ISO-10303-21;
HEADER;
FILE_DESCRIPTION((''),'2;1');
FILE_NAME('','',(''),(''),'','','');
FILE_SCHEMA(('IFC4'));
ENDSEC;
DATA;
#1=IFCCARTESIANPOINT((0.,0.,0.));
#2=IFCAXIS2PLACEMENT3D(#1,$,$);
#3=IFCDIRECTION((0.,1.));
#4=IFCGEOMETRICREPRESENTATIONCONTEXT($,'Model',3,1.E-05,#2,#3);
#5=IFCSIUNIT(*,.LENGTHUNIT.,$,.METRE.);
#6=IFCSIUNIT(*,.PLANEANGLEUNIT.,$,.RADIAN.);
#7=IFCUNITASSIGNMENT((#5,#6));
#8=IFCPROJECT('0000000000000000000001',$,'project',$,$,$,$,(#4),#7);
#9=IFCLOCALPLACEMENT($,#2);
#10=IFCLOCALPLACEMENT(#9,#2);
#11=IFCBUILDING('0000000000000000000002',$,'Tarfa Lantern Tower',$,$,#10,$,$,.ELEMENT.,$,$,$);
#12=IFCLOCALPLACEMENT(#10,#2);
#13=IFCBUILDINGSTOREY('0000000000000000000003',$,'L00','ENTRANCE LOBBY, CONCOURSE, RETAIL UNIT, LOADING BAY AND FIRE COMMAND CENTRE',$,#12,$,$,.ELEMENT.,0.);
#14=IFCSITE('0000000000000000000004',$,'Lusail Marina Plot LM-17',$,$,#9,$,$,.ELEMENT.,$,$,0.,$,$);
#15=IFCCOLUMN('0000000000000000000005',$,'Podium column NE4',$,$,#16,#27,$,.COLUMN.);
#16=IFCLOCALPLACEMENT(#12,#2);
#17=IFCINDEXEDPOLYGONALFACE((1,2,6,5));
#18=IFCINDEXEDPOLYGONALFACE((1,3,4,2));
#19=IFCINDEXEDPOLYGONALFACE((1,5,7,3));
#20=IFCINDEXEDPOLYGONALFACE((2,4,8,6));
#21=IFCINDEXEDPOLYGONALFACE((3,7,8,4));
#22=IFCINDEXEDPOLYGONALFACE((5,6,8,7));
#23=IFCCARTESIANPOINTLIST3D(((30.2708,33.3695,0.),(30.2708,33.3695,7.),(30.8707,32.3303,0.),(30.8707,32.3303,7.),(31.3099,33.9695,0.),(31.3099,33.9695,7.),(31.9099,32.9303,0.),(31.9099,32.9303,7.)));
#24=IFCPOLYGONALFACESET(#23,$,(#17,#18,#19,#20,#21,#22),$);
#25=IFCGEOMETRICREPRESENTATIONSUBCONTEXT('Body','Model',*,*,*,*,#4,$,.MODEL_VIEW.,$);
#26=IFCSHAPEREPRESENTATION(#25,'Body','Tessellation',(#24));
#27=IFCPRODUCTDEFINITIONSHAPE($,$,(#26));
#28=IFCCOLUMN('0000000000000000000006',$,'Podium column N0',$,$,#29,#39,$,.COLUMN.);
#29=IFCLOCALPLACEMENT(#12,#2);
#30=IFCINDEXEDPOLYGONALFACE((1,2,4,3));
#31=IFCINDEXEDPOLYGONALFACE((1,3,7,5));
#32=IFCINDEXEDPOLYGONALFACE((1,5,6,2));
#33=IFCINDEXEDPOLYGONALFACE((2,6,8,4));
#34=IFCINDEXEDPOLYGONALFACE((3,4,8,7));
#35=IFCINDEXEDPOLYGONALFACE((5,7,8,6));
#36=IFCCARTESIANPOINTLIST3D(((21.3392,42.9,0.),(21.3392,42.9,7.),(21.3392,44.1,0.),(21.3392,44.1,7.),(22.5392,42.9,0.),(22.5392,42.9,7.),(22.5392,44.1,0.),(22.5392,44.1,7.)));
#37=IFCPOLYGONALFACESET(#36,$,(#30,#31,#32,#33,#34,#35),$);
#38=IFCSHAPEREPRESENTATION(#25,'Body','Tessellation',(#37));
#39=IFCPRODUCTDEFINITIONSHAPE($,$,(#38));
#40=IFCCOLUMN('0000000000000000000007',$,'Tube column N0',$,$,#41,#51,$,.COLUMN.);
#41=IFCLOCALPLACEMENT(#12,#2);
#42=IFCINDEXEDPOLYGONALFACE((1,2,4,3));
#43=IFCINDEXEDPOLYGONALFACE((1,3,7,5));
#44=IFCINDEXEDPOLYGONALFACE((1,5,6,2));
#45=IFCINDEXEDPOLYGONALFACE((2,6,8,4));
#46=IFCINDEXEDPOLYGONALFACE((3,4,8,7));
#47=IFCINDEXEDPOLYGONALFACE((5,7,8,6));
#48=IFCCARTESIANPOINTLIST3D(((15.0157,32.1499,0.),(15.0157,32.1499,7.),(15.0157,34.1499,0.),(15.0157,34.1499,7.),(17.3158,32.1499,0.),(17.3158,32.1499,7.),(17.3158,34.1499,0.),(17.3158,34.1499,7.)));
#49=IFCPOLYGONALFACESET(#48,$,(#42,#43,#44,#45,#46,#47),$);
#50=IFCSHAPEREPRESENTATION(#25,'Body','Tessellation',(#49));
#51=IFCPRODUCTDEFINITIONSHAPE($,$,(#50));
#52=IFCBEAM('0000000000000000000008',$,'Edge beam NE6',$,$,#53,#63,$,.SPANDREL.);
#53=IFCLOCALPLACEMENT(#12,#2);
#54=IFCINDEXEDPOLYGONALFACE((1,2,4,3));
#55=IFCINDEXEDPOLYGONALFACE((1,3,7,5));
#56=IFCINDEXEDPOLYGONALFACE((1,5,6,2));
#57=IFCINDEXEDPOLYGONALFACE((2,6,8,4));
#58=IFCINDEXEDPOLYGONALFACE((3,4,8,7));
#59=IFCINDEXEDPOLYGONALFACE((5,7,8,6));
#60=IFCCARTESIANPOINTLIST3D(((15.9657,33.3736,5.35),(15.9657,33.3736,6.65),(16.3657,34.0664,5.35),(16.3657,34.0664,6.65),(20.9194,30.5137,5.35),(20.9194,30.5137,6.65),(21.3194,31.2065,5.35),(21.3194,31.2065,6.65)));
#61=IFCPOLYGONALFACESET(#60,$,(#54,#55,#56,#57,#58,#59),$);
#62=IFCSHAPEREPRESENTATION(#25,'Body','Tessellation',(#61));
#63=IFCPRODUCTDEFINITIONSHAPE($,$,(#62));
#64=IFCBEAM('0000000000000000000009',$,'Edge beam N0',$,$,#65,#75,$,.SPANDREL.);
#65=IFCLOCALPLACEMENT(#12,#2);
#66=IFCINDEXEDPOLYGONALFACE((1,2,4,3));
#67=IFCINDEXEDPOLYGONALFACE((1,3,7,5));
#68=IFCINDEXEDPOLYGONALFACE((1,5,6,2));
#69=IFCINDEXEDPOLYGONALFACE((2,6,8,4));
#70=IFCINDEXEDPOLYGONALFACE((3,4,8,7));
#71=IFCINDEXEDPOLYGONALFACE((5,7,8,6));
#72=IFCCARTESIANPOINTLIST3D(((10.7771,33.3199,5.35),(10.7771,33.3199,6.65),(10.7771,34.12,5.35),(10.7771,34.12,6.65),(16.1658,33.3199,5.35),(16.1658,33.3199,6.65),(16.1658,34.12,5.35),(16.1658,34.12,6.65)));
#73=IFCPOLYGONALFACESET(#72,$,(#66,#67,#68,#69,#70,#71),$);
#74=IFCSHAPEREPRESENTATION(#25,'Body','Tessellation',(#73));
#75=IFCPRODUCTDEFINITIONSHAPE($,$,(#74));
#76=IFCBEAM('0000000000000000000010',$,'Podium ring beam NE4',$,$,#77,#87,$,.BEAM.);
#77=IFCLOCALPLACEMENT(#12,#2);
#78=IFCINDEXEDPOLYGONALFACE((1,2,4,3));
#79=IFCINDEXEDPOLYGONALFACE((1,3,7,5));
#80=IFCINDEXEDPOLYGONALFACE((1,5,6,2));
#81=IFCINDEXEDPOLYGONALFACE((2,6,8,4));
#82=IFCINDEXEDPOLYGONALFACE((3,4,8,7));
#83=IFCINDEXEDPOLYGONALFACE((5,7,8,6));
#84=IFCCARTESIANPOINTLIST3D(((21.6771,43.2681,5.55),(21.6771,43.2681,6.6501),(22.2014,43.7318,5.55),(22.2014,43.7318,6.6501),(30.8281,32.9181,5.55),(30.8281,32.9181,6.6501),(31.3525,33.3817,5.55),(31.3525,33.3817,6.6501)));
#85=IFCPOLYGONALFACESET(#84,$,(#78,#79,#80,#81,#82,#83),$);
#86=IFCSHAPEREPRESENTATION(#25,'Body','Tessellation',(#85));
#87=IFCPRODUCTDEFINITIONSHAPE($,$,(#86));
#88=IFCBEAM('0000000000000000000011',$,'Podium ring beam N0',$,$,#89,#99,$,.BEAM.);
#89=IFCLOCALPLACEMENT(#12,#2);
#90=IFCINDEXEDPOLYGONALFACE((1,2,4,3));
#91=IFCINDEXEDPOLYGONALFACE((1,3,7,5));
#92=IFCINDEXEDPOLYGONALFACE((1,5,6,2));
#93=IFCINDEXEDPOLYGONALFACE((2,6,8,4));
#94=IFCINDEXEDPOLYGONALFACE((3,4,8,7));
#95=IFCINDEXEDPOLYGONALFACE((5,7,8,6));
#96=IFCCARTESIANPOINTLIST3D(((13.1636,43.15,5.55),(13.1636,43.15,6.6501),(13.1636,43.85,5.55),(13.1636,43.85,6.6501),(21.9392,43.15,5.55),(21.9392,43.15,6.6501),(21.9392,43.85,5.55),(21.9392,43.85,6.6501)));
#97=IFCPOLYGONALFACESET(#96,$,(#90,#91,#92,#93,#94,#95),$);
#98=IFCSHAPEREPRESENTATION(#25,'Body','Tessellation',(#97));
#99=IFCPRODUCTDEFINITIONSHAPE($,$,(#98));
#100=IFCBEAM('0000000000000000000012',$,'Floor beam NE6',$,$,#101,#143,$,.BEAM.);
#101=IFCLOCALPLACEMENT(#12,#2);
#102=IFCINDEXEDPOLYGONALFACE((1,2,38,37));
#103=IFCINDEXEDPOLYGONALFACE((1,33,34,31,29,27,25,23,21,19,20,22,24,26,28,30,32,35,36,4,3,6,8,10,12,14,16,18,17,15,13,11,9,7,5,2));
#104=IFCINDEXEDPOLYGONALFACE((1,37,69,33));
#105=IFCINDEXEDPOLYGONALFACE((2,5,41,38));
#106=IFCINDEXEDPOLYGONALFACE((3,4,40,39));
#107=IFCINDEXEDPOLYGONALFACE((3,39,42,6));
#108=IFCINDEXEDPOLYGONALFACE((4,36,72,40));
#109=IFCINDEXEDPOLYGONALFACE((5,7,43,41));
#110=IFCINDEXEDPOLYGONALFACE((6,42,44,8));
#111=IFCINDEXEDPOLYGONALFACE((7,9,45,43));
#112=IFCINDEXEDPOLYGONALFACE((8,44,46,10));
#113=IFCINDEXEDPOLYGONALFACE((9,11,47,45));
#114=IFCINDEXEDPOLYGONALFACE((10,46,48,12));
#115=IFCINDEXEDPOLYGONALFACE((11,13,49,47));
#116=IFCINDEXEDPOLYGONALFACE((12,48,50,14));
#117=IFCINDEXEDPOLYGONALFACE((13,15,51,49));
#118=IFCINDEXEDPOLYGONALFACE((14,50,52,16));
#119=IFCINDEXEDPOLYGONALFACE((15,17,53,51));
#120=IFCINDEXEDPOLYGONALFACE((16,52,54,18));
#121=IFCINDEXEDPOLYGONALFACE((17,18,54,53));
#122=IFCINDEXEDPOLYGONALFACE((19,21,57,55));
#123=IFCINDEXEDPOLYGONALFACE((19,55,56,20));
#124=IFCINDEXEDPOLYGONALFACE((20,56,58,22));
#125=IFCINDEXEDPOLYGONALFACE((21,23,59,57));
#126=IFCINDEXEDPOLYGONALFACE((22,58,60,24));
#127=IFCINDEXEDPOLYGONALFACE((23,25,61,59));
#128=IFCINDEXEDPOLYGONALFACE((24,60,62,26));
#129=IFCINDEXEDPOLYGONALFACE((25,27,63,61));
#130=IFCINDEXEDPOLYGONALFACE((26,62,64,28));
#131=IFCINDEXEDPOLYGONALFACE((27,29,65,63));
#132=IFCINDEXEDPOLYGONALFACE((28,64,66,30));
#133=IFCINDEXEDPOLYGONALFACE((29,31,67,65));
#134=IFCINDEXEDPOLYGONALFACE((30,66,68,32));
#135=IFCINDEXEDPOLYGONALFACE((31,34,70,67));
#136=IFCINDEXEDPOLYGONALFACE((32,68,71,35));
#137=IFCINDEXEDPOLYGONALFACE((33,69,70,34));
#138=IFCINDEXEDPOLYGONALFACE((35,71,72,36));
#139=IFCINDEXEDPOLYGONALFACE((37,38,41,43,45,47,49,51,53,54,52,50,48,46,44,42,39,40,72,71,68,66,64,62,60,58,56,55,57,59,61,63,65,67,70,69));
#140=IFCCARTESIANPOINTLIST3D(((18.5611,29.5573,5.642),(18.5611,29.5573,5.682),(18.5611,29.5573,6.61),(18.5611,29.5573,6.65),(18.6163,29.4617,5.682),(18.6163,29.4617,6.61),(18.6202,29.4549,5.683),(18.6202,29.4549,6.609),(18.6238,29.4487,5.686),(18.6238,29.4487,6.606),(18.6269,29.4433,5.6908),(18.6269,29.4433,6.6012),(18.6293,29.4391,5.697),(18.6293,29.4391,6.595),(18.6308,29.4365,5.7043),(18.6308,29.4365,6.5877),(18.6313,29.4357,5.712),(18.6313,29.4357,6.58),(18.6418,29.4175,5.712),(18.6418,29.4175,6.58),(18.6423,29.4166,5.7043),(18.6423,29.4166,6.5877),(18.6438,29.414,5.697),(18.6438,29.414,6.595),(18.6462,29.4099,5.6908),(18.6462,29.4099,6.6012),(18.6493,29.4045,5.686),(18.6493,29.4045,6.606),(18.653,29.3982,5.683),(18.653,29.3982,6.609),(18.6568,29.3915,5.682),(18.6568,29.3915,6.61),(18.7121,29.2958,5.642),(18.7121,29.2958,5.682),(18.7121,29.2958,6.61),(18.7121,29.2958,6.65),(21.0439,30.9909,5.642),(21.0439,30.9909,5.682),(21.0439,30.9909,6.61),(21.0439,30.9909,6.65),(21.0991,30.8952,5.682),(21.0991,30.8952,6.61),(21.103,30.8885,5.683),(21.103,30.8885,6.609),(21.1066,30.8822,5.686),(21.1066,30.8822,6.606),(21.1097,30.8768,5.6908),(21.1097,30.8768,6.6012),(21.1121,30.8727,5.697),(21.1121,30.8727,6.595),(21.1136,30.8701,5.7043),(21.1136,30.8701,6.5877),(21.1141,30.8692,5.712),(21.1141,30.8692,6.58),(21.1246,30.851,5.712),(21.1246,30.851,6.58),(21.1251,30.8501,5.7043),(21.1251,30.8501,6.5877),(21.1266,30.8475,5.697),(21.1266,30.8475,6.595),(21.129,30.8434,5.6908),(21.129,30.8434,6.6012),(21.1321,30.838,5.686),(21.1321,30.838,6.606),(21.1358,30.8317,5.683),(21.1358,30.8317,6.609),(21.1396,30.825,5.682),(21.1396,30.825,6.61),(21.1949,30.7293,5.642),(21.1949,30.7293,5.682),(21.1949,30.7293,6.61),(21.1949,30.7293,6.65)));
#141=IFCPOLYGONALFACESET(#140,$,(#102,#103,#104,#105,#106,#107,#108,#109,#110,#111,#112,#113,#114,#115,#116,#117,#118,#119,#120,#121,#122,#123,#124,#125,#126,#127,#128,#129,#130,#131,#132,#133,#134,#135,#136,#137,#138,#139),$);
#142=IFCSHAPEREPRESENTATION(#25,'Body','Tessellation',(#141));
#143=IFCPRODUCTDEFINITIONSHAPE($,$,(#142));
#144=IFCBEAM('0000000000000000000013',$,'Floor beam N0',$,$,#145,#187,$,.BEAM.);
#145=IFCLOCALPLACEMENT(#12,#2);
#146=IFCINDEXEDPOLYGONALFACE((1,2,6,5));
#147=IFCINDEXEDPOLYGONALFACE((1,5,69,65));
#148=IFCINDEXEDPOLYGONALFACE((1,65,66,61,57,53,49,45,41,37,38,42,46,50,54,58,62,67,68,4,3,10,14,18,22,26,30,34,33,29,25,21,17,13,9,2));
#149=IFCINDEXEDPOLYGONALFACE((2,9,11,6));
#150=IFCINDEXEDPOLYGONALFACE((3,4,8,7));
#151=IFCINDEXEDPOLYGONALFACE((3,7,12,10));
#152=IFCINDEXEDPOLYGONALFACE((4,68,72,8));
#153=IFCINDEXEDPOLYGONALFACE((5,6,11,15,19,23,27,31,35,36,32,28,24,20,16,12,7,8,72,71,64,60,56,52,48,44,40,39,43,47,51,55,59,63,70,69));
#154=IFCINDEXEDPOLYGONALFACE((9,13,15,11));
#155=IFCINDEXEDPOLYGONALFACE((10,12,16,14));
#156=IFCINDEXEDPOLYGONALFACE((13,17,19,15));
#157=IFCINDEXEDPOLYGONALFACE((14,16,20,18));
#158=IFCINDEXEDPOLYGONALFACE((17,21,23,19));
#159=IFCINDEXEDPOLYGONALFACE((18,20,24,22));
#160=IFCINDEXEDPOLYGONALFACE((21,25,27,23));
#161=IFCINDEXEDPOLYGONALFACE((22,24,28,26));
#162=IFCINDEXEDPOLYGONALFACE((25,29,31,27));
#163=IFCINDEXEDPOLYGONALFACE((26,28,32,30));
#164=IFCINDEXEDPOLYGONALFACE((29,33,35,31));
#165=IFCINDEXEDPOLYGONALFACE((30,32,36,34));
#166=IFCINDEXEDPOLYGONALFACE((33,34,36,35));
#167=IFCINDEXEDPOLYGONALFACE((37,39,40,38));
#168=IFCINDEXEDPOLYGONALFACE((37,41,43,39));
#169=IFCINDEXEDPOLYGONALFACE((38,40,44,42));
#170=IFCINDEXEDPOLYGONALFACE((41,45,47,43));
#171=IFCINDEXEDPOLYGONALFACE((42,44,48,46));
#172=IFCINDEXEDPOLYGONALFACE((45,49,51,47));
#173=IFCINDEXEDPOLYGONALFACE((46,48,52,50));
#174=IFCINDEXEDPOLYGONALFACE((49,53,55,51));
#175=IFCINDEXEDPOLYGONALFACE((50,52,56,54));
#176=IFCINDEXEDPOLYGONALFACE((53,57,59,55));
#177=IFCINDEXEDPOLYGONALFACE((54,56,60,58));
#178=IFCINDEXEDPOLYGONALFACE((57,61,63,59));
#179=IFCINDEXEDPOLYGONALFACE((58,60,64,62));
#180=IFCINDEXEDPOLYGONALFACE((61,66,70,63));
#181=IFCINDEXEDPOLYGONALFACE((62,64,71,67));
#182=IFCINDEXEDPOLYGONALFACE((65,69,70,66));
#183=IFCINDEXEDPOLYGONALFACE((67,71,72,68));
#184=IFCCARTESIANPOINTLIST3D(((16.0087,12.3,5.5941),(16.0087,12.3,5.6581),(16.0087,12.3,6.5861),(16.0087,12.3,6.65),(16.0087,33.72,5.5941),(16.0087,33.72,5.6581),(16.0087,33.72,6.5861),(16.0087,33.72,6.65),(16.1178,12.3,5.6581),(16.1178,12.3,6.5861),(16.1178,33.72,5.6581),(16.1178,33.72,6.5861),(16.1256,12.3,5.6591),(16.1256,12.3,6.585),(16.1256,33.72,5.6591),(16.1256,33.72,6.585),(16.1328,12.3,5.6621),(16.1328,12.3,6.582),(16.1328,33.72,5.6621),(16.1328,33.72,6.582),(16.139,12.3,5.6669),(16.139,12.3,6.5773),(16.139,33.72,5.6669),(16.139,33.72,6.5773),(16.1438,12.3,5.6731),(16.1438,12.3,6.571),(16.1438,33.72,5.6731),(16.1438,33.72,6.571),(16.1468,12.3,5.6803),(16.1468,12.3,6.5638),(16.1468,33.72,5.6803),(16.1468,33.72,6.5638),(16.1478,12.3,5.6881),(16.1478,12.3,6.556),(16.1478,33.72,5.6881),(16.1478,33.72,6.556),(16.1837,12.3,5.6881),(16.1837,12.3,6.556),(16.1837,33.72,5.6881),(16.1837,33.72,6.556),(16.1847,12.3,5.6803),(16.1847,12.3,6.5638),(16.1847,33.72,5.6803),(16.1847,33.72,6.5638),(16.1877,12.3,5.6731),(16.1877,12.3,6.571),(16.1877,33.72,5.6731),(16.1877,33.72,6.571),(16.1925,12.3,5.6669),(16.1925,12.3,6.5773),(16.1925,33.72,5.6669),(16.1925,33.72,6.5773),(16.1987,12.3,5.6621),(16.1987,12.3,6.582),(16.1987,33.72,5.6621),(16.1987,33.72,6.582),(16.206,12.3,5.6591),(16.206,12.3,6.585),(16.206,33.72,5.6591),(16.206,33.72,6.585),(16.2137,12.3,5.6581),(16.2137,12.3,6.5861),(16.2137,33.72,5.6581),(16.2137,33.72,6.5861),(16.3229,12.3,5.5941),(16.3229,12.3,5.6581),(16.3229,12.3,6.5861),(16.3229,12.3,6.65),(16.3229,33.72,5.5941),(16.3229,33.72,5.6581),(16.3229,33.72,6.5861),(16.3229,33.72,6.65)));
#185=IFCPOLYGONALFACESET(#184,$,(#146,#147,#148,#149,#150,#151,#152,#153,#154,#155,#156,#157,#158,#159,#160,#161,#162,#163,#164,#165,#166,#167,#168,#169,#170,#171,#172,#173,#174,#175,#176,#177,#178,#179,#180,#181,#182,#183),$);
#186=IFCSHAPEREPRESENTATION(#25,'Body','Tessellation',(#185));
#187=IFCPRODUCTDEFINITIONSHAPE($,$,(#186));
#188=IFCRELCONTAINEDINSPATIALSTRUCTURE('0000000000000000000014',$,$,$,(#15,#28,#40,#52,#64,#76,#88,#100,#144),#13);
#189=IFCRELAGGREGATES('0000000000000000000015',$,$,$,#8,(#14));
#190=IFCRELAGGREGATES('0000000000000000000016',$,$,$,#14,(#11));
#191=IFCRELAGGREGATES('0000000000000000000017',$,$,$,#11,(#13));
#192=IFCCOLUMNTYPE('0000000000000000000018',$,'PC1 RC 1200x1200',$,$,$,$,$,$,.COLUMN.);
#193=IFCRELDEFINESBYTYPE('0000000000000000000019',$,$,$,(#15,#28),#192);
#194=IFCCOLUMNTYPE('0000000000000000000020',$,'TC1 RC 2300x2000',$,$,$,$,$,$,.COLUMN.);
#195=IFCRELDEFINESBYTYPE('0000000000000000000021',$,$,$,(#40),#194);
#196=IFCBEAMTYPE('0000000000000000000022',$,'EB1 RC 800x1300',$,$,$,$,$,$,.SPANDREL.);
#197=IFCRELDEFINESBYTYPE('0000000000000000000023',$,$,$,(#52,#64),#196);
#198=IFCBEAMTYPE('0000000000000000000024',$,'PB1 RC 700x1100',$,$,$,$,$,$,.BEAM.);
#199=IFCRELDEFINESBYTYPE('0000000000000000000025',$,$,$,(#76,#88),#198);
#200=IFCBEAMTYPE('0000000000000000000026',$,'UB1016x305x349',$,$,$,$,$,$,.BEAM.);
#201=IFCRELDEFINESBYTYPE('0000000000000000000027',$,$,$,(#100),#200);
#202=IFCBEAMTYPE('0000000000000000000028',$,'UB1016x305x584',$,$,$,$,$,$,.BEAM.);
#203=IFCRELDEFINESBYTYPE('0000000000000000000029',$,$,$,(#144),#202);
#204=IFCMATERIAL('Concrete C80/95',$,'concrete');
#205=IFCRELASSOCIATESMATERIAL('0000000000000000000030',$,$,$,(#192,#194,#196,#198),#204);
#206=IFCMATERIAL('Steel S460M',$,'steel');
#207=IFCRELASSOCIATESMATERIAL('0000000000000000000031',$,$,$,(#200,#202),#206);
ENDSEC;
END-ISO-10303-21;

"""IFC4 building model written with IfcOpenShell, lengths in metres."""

from ifc_helpers import new_model, si_unit, direction, frame, origin, origin_2d, place, context, subcontext, project, spatial, rectangle, i_section, extrude, material, material_profile, profile_set, type_object, element, save


model = new_model("IFC4")

# Units and contexts
model_context = context("Model", 3, precision=1e-05, world=origin(), true_north=direction((0.0, 1.0)))
body_context = subcontext(model_context, "Body", "Model", "MODEL_VIEW")
ifc_project = project(units=[si_unit("LENGTHUNIT", "METRE"), si_unit("PLANEANGLEUNIT", "RADIAN")], contexts=[model_context])

# Site, building, storey
site_placement = place(None, origin())
site = spatial("IfcSite", under=ifc_project, at=site_placement, Name="Lusail Marina Plot LM-17", CompositionType="ELEMENT", RefElevation=0.0)
building_placement = place(site_placement, origin())
building = spatial("IfcBuilding", under=site, at=building_placement, Name="Tarfa Lantern Tower", CompositionType="ELEMENT")
storey_placement = place(building_placement, origin())
storey = spatial("IfcBuildingStorey", under=building, at=storey_placement, Name="L00", Description="ENTRANCE LOBBY, CONCOURSE, RETAIL UNIT, LOADING BAY AND FIRE COMMAND CENTRE", CompositionType="ELEMENT", Elevation=0.0)

# Columns
ifc_material_1 = material(Name="Concrete C80/95", Category="concrete")
ifc_material_profile_1 = material_profile(ifc_material_1, rectangle(XDim=1.2, YDim=1.2, at=origin_2d()), Name="RC 1200x1200")
ifc_profile_set_1 = profile_set([ifc_material_profile_1], Name="Concrete C80/95")
column_type_1 = type_object("IfcColumnType", Name="PC1 RC 1200x1200", PredefinedType="COLUMN", material=ifc_profile_set_1)
for number, where, z_axis, x_axis, name in (
    (1, (31.0903, 33.1499, 0.0), (0.0, 0.0, 1.0), (-0.5, 0.866025, 0.0), "Podium column NE4"),
    (2, (21.9392, 43.5, 0.0), (0.0, 0.0, 1.0), (-1.0, 0.0, 0.0), "Podium column N0"),
):
    element("IfcColumn", number, at=place(storey_placement, frame(where, z_axis=z_axis, x_axis=x_axis)), inside=storey, type_object=column_type_1, Name=name, PredefinedType="COLUMN", context=body_context, shape_type="SweptSolid", body=[
        extrude(rectangle(XDim=1.2, YDim=1.2, at=origin_2d()), origin(), (0.0, 0.0, 1.0), 7.0),
    ])
ifc_material_profile_2 = material_profile(ifc_material_1, rectangle(XDim=2.3, YDim=2.0, at=origin_2d()), Name="RC 2300x2000")
ifc_profile_set_2 = profile_set([ifc_material_profile_2], Name="Concrete C80/95")
column_type_2 = type_object("IfcColumnType", Name="TC1 RC 2300x2000", PredefinedType="COLUMN", material=ifc_profile_set_2)
column_placement = place(storey_placement, frame((16.1658, 33.1499, 0.0), z_axis=(0.0, 0.0, 1.0), x_axis=(-1.0, 0.0, 0.0)))
element("IfcColumn", 3, at=column_placement, inside=storey, type_object=column_type_2, Name="Tube column N0", PredefinedType="COLUMN", context=body_context, shape_type="SweptSolid", body=[
    extrude(rectangle(XDim=2.3, YDim=2.0, at=origin_2d()), origin(), (0.0, 0.0, 1.0), 7.0),
])

# Beams
ifc_material_profile_3 = material_profile(ifc_material_1, rectangle(XDim=0.8, YDim=1.3, at=origin_2d()), Name="RC 800x1300")
ifc_profile_set_3 = profile_set([ifc_material_profile_3], Name="Concrete C80/95")
beam_type_1 = type_object("IfcBeamType", Name="EB1 RC 800x1300", PredefinedType="SPANDREL", material=ifc_profile_set_3)
beam_1_placement = place(storey_placement, frame((21.1194, 30.8601, 6.0), z_axis=(-0.866033, 0.499986, 0.0), x_axis=(-0.499986, -0.866033, 0.0)))
element("IfcBeam", 4, at=beam_1_placement, inside=storey, type_object=beam_type_1, Name="Edge beam NE6", PredefinedType="SPANDREL", context=body_context, shape_type="SweptSolid", body=[
    extrude(rectangle(XDim=0.8, YDim=1.3, at=origin_2d()), origin(), (0.0, 0.0, 1.0), 5.72),
])
beam_2_placement = place(storey_placement, frame((16.1658, 33.72, 6.0), z_axis=(-1.0, 0.0, 0.0), x_axis=(0.0, -1.0, 0.0)))
element("IfcBeam", 5, at=beam_2_placement, inside=storey, type_object=beam_type_1, Name="Edge beam N0", PredefinedType="SPANDREL", context=body_context, shape_type="SweptSolid", body=[
    extrude(rectangle(XDim=0.8, YDim=1.3, at=origin_2d()), origin(), (0.0, 0.0, 1.0), 5.3887),
])
ifc_material_profile_4 = material_profile(ifc_material_1, rectangle(XDim=0.7, YDim=1.1001, at=origin_2d()), Name="RC 700x1100")
ifc_profile_set_4 = profile_set([ifc_material_profile_4], Name="Concrete C80/95")
beam_type_2 = type_object("IfcBeamType", Name="PB1 RC 700x1100", PredefinedType="BEAM", material=ifc_profile_set_4)
beam_3_placement = place(storey_placement, frame((31.0903, 33.1499, 6.1001), z_axis=(-0.662382, 0.749167, 0.0), x_axis=(-0.749167, -0.662382, 0.0)))
element("IfcBeam", 6, at=beam_3_placement, inside=storey, type_object=beam_type_2, Name="Podium ring beam NE4", PredefinedType="BEAM", context=body_context, shape_type="SweptSolid", body=[
    extrude(rectangle(XDim=0.7, YDim=1.1001, at=origin_2d()), origin(), (0.0, 0.0, 1.0), 13.8154),
])
beam_4_placement = place(storey_placement, frame((21.9392, 43.5, 6.1001), z_axis=(-1.0, 0.0, 0.0), x_axis=(0.0, -1.0, 0.0)))
element("IfcBeam", 7, at=beam_4_placement, inside=storey, type_object=beam_type_2, Name="Podium ring beam N0", PredefinedType="BEAM", context=body_context, shape_type="SweptSolid", body=[
    extrude(rectangle(XDim=0.7, YDim=1.1001, at=origin_2d()), origin(), (0.0, 0.0, 1.0), 8.7756),
])
ifc_material_2 = material(Name="Steel S460M", Category="steel")
ifc_material_profile_5 = material_profile(ifc_material_2, i_section(OverallWidth=0.302, OverallDepth=1.0081, WebThickness=0.021, FlangeThickness=0.04, FilletRadius=0.03, at=origin_2d()), Name="UB1016x305x349")
ifc_profile_set_5 = profile_set([ifc_material_profile_5], Name="Steel S460M")
beam_type_3 = type_object("IfcBeamType", Name="UB1016x305x349", PredefinedType="BEAM", material=ifc_profile_set_5)
beam_5_placement = place(storey_placement, frame((21.1194, 30.8601, 6.146), z_axis=(-0.866013, -0.500022, 0.0), x_axis=(0.500022, -0.866013, 0.0)))
element("IfcBeam", 8, at=beam_5_placement, inside=storey, type_object=beam_type_3, Name="Floor beam NE6", PredefinedType="BEAM", context=body_context, shape_type="SweptSolid", body=[
    extrude(i_section(OverallWidth=0.302, OverallDepth=1.0081, WebThickness=0.021, FlangeThickness=0.04, FilletRadius=0.03, at=origin_2d()), origin(), (0.0, 0.0, 1.0), 2.8669),
])
ifc_material_profile_6 = material_profile(ifc_material_2, i_section(OverallWidth=0.3142, OverallDepth=1.0559, WebThickness=0.0359, FlangeThickness=0.064, FilletRadius=0.03, at=origin_2d()), Name="UB1016x305x584")
ifc_profile_set_6 = profile_set([ifc_material_profile_6], Name="Steel S460M")
beam_type_4 = type_object("IfcBeamType", Name="UB1016x305x584", PredefinedType="BEAM", material=ifc_profile_set_6)
beam_6_placement = place(storey_placement, frame((16.1658, 33.72, 6.1221), z_axis=(0.0, -1.0, 0.0), x_axis=(1.0, 0.0, 0.0)))
element("IfcBeam", 9, at=beam_6_placement, inside=storey, type_object=beam_type_4, Name="Floor beam N0", PredefinedType="BEAM", context=body_context, shape_type="SweptSolid", body=[
    extrude(i_section(OverallWidth=0.3142, OverallDepth=1.0559, WebThickness=0.0359, FlangeThickness=0.064, FilletRadius=0.03, at=origin_2d()), origin(), (0.0, 0.0, 1.0), 21.4199),
])

save(model, "model.ifc")
